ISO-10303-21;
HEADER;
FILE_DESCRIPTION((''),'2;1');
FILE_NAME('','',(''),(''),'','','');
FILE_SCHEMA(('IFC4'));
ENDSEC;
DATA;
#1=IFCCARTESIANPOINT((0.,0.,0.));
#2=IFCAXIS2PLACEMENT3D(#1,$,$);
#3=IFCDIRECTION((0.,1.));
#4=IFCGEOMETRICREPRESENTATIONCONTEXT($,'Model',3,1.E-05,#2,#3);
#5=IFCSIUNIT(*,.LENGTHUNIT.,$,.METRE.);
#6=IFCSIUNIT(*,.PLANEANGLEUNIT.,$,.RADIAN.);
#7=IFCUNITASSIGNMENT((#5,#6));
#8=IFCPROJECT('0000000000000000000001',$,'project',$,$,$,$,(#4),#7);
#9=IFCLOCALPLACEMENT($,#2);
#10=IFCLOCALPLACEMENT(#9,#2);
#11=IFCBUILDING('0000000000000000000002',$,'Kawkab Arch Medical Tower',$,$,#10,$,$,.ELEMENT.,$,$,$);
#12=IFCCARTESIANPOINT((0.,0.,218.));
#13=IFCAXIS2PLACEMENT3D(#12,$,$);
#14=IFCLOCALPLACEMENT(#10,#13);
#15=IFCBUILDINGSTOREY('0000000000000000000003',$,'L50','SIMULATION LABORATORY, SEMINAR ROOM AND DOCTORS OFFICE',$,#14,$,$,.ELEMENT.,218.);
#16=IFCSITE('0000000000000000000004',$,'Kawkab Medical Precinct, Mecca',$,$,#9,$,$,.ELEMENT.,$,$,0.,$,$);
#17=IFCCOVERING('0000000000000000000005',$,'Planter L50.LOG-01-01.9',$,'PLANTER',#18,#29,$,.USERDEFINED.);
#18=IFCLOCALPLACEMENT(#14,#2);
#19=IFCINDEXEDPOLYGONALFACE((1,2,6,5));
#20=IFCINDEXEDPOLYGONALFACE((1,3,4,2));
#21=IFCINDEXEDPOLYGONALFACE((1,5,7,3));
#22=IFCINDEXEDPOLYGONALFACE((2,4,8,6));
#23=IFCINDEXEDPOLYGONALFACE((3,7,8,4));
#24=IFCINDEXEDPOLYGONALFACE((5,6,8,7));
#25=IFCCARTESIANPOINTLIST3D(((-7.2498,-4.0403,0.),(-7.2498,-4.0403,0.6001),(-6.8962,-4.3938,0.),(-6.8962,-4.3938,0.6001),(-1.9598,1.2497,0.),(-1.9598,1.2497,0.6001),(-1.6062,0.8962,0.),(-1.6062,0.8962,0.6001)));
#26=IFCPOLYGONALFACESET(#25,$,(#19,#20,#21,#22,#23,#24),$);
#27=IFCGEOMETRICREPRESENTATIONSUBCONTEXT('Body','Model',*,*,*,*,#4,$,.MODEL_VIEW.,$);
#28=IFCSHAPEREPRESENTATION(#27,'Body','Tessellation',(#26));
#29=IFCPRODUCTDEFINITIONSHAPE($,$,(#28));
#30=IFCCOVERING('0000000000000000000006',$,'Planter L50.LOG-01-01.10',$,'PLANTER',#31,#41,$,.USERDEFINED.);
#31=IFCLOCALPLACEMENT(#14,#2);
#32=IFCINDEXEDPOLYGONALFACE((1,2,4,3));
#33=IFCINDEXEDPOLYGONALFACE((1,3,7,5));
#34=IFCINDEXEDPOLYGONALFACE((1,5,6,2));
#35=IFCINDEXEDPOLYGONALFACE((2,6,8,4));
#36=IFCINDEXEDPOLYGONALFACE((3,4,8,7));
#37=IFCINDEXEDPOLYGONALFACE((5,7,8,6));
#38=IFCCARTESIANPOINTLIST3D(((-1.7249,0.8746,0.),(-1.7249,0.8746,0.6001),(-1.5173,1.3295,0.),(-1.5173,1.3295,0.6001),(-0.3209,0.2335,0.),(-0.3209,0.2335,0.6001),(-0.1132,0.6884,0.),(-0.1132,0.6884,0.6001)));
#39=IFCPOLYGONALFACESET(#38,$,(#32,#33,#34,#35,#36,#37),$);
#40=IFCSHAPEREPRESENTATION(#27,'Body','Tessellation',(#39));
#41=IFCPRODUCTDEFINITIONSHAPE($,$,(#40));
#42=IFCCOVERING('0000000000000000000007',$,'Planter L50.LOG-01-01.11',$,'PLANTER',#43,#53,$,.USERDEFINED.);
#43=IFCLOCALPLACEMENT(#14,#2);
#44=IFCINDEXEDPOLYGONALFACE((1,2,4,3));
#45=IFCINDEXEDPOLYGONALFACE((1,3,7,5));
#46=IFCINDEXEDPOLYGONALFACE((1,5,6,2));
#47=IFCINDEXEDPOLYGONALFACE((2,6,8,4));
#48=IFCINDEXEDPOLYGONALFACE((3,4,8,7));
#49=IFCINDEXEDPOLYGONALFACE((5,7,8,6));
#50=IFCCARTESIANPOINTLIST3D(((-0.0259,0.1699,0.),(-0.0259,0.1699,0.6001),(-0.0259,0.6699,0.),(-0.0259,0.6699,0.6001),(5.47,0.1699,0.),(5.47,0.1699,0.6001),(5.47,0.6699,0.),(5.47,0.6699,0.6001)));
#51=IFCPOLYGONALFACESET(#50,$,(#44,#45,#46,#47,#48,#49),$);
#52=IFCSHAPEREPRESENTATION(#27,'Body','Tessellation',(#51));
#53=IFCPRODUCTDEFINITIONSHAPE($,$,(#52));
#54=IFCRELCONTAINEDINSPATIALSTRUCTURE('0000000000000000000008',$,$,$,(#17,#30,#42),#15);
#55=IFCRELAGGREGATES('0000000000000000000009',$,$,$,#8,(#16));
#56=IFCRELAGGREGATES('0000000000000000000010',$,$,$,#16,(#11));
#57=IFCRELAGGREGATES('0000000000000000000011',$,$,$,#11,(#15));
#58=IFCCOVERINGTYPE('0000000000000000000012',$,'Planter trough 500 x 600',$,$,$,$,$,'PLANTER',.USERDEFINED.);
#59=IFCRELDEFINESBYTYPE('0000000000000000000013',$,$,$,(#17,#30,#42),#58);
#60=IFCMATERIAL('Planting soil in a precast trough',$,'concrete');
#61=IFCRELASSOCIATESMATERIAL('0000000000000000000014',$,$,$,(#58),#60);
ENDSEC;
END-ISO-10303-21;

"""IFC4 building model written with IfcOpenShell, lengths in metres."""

from ifc_helpers import new_model, si_unit, direction, frame, origin, origin_2d, place, context, subcontext, project, spatial, rectangle, extrude, material, material_profile, profile_set, type_object, element, save


model = new_model("IFC4")

# Units and contexts
model_context = context("Model", 3, precision=1e-05, world=origin(), true_north=direction((0.0, 1.0)))
body_context = subcontext(model_context, "Body", "Model", "MODEL_VIEW")
ifc_project = project(units=[si_unit("LENGTHUNIT", "METRE"), si_unit("PLANEANGLEUNIT", "RADIAN")], contexts=[model_context])

# Site, building, storey
site_placement = place(None, origin())
site = spatial("IfcSite", under=ifc_project, at=site_placement, Name="Kawkab Medical Precinct, Mecca", CompositionType="ELEMENT", RefElevation=0.0)
building_placement = place(site_placement, origin())
building = spatial("IfcBuilding", under=site, at=building_placement, Name="Kawkab Arch Medical Tower", CompositionType="ELEMENT")
storey_placement = place(building_placement, frame((0.0, 0.0, 218.0)))
storey = spatial("IfcBuildingStorey", under=building, at=storey_placement, Name="L50", Description="SIMULATION LABORATORY, SEMINAR ROOM AND DOCTORS OFFICE", CompositionType="ELEMENT", Elevation=218.0)

# Coverings
ifc_material_1 = material(Name="Planting soil in a precast trough", Category="concrete")
ifc_material_profile_1 = material_profile(ifc_material_1, rectangle(XDim=0.5, YDim=0.6001, at=origin_2d()), Name="Trough 500x600")
ifc_profile_set_1 = profile_set([ifc_material_profile_1], Name="Planting soil in a precast trough")
covering_type_1 = type_object("IfcCoveringType", Name="Planter trough 500 x 600", ElementType="PLANTER", PredefinedType="USERDEFINED", material=ifc_profile_set_1)
covering_1_placement = place(storey_placement, frame((-7.073, -4.217, 0.3), z_axis=(0.707107, 0.707107, 0.0), x_axis=(-0.707107, 0.707107, 0.0)))
element("IfcCovering", 1, at=covering_1_placement, inside=storey, type_object=covering_type_1, Name="Planter L50.LOG-01-01.9", ObjectType="PLANTER", PredefinedType="USERDEFINED", context=body_context, shape_type="SweptSolid", body=[
    extrude(rectangle(XDim=0.5, YDim=0.6001, at=origin_2d()), origin(), (0.0, 0.0, 1.0), 7.4812),
])
covering_2_placement = place(storey_placement, frame((-1.6211, 1.1021, 0.3), z_axis=(0.909656, -0.415363, 0.0), x_axis=(0.415363, 0.909656, 0.0)))
element("IfcCovering", 2, at=covering_2_placement, inside=storey, type_object=covering_type_1, Name="Planter L50.LOG-01-01.10", ObjectType="PLANTER", PredefinedType="USERDEFINED", context=body_context, shape_type="SweptSolid", body=[
    extrude(rectangle(XDim=0.5, YDim=0.6001, at=origin_2d()), origin(), (0.0, 0.0, 1.0), 1.5435),
])
covering_3_placement = place(storey_placement, frame((-0.0259, 0.4199, 0.3), z_axis=(1.0, 0.0, 0.0), x_axis=(0.0, 1.0, 0.0)))
element("IfcCovering", 3, at=covering_3_placement, inside=storey, type_object=covering_type_1, Name="Planter L50.LOG-01-01.11", ObjectType="PLANTER", PredefinedType="USERDEFINED", context=body_context, shape_type="SweptSolid", body=[
    extrude(rectangle(XDim=0.5, YDim=0.6001, at=origin_2d()), origin(), (0.0, 0.0, 1.0), 5.4958),
])

save(model, "model.ifc")
